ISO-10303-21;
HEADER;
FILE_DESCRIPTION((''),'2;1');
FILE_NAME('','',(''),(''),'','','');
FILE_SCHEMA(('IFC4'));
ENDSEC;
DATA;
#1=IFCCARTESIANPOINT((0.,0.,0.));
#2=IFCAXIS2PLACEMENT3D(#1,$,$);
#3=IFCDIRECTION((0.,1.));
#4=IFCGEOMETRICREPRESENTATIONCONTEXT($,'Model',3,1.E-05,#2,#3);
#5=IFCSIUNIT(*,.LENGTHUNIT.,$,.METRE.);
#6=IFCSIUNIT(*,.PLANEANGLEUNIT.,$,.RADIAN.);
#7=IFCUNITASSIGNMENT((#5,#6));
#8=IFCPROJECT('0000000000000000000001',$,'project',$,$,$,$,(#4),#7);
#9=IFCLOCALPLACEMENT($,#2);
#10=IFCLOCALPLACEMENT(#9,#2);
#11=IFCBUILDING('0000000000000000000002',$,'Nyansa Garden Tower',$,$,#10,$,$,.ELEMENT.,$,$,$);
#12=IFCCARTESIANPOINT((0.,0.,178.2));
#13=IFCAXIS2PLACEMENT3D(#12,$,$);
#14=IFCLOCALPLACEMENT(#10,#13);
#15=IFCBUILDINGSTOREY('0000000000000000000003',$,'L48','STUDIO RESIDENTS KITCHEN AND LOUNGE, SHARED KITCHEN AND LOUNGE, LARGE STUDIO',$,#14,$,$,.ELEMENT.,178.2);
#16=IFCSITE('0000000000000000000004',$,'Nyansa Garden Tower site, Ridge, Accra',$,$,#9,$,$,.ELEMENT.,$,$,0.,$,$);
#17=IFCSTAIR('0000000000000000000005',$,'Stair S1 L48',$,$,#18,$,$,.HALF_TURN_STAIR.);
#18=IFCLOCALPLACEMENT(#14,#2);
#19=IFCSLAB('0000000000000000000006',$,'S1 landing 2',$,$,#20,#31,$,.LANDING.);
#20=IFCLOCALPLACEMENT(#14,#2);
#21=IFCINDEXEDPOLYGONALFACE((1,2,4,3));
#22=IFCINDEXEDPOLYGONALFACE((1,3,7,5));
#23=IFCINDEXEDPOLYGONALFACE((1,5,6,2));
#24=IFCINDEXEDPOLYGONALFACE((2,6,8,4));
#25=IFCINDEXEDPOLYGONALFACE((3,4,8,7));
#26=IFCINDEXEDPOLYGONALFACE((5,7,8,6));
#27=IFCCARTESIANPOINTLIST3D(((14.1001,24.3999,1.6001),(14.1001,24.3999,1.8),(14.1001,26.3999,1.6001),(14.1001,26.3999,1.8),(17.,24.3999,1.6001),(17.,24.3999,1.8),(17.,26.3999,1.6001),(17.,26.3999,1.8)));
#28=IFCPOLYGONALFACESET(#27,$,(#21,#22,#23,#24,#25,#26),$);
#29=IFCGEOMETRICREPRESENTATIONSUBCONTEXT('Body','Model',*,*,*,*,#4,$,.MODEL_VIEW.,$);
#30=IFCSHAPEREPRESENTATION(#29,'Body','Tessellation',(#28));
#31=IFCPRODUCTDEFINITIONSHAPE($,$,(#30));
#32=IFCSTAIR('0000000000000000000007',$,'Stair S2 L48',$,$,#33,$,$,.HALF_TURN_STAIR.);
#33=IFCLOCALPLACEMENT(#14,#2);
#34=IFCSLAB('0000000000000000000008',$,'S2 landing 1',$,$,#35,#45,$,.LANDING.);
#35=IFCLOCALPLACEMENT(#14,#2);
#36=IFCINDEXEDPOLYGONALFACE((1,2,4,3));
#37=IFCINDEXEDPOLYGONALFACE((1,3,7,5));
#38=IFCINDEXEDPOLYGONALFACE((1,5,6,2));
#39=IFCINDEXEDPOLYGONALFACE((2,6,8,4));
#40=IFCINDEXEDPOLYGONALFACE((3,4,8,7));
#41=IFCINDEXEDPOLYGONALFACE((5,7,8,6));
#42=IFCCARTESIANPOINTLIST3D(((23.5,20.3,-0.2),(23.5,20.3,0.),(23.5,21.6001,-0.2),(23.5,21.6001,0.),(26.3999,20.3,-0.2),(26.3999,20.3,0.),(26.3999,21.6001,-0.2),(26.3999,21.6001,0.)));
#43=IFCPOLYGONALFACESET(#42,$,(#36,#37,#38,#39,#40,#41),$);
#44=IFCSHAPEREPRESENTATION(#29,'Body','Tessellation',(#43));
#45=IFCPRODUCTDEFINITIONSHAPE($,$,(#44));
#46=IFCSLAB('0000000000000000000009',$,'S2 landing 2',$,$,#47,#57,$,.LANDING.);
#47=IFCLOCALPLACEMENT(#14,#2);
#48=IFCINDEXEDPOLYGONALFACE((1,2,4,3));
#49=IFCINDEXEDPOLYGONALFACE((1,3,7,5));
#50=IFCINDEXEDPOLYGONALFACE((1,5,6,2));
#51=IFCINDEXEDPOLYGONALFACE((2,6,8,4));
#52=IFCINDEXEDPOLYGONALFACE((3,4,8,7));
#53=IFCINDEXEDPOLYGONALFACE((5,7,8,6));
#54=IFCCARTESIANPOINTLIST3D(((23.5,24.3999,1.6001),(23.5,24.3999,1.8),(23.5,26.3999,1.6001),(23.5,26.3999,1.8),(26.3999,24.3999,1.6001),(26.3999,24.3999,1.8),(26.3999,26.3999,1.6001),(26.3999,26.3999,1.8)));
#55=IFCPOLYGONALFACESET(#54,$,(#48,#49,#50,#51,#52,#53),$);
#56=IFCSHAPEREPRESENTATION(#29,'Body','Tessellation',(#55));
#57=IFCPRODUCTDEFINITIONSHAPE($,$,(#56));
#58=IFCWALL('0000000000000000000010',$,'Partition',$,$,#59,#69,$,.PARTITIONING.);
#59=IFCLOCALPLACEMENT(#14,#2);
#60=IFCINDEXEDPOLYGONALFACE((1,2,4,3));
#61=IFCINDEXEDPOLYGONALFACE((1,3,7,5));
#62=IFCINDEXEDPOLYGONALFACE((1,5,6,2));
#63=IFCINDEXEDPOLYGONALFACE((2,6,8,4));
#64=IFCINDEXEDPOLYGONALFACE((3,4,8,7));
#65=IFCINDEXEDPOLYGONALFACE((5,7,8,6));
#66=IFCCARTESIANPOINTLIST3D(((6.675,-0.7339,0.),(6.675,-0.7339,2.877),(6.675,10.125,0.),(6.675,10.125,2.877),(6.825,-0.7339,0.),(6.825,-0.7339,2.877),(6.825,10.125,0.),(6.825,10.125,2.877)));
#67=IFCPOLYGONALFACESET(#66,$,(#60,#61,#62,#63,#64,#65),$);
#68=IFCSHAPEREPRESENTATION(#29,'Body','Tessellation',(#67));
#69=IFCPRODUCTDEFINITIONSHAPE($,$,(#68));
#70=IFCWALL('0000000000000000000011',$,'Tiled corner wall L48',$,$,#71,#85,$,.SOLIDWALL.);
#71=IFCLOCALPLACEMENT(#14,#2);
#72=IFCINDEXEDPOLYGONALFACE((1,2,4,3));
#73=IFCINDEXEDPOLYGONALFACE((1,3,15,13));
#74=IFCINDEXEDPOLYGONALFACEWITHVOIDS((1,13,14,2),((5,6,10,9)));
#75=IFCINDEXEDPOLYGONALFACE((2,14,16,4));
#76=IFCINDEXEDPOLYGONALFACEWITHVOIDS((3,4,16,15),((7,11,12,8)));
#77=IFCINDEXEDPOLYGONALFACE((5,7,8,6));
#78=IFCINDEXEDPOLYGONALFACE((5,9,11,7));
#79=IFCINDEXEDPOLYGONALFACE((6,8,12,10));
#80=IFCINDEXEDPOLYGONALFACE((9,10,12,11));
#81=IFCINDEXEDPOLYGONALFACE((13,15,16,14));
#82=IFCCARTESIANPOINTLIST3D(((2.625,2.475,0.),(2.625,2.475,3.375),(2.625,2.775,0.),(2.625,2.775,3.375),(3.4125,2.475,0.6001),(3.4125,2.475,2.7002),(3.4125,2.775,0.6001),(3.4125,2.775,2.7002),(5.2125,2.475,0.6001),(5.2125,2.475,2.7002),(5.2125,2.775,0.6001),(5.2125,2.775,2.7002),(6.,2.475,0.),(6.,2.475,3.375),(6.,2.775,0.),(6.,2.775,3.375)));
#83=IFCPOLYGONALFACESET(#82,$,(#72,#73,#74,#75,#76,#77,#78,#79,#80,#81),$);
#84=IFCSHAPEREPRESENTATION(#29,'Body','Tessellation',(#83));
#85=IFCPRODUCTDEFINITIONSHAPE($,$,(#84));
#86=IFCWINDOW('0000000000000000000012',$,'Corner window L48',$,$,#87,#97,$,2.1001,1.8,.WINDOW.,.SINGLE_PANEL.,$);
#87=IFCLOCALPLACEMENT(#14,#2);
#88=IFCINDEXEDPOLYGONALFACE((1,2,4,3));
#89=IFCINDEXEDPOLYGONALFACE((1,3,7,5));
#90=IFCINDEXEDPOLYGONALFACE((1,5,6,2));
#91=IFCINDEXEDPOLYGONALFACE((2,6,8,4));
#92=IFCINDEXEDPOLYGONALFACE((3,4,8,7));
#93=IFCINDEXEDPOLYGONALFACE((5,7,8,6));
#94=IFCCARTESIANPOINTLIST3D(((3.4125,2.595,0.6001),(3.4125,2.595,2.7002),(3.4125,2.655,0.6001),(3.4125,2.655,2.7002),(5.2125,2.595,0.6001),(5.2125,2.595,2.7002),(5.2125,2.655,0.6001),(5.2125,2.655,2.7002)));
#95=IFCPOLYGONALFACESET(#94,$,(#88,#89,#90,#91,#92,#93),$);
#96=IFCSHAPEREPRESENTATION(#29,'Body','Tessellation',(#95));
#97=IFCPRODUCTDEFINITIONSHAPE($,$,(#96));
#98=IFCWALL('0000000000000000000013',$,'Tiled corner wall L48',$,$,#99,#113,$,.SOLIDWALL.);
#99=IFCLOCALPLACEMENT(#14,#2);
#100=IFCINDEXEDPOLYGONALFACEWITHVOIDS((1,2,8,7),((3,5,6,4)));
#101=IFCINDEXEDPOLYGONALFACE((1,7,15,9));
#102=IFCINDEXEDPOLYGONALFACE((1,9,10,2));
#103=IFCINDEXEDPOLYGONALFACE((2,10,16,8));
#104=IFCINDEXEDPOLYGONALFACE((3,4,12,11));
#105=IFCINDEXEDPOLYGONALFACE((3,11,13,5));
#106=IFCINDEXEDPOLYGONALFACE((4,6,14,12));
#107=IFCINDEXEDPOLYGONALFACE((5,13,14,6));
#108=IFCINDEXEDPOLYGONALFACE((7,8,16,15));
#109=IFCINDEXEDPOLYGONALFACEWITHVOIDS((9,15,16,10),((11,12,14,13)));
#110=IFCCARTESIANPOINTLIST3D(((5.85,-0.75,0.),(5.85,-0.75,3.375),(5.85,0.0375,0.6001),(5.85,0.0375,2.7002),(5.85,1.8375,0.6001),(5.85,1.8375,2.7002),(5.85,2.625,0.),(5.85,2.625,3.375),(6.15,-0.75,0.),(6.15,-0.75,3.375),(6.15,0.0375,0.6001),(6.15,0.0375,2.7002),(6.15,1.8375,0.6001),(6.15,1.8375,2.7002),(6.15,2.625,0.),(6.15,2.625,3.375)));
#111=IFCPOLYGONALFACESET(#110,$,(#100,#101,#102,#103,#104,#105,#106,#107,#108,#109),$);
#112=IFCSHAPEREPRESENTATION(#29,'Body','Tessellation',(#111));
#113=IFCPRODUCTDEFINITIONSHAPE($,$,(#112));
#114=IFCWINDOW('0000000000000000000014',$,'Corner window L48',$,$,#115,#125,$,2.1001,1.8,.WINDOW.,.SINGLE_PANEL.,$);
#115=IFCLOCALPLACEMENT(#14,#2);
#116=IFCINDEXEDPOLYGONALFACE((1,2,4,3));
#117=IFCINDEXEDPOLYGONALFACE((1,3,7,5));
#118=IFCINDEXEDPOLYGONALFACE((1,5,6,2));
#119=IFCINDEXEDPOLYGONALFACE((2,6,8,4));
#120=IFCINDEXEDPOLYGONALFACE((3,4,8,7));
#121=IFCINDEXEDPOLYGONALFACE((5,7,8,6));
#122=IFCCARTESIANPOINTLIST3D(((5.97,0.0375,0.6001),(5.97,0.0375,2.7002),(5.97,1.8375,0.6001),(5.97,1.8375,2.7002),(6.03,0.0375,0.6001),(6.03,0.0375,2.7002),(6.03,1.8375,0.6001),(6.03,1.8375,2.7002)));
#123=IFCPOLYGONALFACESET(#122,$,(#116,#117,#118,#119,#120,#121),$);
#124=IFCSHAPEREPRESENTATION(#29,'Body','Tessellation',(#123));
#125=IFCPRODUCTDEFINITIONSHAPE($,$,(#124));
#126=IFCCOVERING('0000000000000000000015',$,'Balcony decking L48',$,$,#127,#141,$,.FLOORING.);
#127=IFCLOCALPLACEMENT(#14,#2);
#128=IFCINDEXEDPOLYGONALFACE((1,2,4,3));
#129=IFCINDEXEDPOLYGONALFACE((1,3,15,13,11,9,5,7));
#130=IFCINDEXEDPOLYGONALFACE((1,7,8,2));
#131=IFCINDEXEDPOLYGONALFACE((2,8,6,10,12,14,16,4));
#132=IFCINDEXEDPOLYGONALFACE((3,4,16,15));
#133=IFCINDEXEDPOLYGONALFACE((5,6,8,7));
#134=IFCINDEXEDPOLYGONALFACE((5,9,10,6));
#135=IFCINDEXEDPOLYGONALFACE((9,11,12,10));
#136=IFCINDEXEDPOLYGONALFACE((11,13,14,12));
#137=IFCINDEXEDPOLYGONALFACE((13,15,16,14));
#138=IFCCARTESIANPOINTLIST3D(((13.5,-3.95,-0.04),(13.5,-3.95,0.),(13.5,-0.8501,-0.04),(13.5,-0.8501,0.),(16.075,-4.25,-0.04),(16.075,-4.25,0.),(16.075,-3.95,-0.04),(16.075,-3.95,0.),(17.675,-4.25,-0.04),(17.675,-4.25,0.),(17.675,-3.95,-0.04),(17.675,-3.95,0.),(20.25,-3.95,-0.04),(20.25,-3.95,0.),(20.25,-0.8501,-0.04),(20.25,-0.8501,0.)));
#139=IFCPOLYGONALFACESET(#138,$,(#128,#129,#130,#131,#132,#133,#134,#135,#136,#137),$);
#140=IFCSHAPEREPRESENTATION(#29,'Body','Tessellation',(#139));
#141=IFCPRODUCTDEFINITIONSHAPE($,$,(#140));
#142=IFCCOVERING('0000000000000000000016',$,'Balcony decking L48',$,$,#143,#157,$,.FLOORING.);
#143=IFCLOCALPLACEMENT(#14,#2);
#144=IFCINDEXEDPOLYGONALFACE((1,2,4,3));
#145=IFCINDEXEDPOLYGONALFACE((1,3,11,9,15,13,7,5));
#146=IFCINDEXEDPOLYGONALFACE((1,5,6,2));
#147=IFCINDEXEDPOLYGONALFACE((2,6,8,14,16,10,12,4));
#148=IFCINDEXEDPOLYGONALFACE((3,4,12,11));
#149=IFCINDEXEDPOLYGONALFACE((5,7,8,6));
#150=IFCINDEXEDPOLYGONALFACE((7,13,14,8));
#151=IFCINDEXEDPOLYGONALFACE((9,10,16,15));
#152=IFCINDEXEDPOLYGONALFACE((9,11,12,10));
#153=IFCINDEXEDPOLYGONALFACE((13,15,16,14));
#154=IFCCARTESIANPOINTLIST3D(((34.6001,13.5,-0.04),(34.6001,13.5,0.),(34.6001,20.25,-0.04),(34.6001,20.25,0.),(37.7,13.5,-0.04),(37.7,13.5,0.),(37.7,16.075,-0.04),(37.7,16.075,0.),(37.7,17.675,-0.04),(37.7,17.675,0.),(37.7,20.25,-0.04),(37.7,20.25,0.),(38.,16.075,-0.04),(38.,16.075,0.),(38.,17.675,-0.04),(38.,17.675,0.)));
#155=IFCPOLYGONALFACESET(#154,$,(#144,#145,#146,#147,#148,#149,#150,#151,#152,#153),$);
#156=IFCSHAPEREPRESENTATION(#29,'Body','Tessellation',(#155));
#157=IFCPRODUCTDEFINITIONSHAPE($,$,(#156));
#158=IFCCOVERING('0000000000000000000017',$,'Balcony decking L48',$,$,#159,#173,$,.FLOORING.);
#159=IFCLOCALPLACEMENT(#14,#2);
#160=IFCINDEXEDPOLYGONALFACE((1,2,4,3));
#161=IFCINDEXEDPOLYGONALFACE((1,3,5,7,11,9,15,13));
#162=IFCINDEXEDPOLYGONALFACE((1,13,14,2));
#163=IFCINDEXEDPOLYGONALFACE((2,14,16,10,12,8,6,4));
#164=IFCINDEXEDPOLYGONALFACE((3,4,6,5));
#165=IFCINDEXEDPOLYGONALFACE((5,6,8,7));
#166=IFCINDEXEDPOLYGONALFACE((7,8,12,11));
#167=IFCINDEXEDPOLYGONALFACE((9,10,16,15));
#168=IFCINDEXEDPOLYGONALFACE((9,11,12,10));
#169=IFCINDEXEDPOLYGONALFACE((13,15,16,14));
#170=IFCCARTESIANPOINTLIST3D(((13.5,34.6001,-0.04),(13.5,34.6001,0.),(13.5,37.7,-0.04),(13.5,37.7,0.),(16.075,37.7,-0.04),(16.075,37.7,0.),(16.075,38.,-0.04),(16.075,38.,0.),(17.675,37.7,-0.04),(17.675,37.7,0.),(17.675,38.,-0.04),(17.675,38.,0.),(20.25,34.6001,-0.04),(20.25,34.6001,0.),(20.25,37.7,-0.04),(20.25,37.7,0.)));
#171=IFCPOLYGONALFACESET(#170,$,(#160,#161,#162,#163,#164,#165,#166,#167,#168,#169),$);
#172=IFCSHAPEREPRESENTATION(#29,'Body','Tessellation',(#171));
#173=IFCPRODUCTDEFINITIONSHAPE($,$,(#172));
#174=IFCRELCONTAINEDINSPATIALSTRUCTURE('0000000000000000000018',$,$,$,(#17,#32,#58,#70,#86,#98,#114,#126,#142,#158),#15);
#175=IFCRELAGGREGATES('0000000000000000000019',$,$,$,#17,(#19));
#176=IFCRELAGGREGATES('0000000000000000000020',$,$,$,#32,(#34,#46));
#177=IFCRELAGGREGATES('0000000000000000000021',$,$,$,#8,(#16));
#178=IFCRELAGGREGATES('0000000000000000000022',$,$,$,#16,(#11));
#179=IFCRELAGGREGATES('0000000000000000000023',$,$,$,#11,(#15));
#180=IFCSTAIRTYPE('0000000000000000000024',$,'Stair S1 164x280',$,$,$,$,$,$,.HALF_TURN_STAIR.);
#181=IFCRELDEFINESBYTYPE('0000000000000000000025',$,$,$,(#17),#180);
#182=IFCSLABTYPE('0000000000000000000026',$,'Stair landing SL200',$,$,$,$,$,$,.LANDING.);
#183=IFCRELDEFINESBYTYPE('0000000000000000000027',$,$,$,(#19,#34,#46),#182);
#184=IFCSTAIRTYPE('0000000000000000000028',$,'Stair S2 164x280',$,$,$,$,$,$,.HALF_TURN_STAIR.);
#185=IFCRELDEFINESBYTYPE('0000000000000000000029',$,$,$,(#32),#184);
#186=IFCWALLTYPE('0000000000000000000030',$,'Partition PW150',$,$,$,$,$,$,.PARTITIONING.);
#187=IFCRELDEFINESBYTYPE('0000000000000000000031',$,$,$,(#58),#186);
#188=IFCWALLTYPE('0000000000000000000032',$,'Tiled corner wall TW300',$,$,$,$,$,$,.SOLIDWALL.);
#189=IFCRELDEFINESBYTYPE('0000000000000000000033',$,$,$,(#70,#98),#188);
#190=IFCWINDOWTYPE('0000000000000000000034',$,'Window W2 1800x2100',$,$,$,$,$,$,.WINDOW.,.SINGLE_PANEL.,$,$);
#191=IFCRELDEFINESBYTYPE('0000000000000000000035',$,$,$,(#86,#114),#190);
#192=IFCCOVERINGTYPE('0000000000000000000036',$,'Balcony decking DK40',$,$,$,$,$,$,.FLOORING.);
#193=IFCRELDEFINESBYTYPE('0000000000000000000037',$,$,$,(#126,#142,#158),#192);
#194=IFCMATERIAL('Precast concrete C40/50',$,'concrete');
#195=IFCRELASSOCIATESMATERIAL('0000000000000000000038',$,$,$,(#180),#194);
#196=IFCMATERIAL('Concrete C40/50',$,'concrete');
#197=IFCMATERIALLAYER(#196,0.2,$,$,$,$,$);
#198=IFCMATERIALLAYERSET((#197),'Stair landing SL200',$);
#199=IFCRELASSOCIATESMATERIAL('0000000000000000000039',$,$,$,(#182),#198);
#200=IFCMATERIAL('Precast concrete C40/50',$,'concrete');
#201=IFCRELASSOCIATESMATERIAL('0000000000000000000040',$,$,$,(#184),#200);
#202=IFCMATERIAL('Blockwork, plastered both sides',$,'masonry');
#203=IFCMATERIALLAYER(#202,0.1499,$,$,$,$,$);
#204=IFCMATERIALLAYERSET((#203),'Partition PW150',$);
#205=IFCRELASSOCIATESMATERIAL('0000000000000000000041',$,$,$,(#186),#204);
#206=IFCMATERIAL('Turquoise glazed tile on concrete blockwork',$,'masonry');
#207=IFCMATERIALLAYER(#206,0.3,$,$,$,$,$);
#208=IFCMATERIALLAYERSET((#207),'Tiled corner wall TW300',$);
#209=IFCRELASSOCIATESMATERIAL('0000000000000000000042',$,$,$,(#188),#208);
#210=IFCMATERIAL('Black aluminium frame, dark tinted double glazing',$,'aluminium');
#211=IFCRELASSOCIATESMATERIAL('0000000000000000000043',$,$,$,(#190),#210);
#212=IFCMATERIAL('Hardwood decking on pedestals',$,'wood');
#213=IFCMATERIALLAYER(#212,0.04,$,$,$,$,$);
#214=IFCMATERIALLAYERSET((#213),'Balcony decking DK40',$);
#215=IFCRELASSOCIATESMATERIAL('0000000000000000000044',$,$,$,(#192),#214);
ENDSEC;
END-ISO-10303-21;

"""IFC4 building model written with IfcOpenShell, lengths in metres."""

from ifc_helpers import new_model, si_unit, direction, frame, frame_2d, origin, place, context, subcontext, project, spatial, polyline, rectangle, outline, extrude, material, layer, layer_set, type_object, element, fill, aggregate, save


model = new_model("IFC4")

# Units and contexts
model_context = context("Model", 3, precision=1e-05, world=origin(), true_north=direction((0.0, 1.0)))
body_context = subcontext(model_context, "Body", "Model", "MODEL_VIEW")
ifc_project = project(units=[si_unit("LENGTHUNIT", "METRE"), si_unit("PLANEANGLEUNIT", "RADIAN")], contexts=[model_context])

# Site, building, storey
site_placement = place(None, origin())
site = spatial("IfcSite", under=ifc_project, at=site_placement, Name="Nyansa Garden Tower site, Ridge, Accra", CompositionType="ELEMENT", RefElevation=0.0)
building_placement = place(site_placement, origin())
building = spatial("IfcBuilding", under=site, at=building_placement, Name="Nyansa Garden Tower", CompositionType="ELEMENT")
storey_placement = place(building_placement, frame((0.0, 0.0, 178.2)))
storey = spatial("IfcBuildingStorey", under=building, at=storey_placement, Name="L48", Description="STUDIO RESIDENTS KITCHEN AND LOUNGE, SHARED KITCHEN AND LOUNGE, LARGE STUDIO", CompositionType="ELEMENT", Elevation=178.2)

# Stairs, slabs
ifc_material_1 = material(Name="Precast concrete C40/50", Category="concrete")
stair_type_1 = type_object("IfcStairType", Name="Stair S1 164x280", PredefinedType="HALF_TURN_STAIR", material=ifc_material_1)
stair_1_placement = place(storey_placement, origin())
stair_1 = element("IfcStair", 1, at=stair_1_placement, inside=storey, type_object=stair_type_1, Name="Stair S1 L48", PredefinedType="HALF_TURN_STAIR")
ifc_material_2 = material(Name="Concrete C40/50", Category="concrete")
ifc_layer_1 = layer(ifc_material_2, 0.2)
ifc_layer_set_1 = layer_set([ifc_layer_1], Name="Stair landing SL200")
slab_type_1 = type_object("IfcSlabType", Name="Stair landing SL200", PredefinedType="LANDING", material=ifc_layer_set_1)
slab_1_placement = place(storey_placement, frame((0.0, 0.0, 1.6001)))
slab_1 = element("IfcSlab", 2, at=slab_1_placement, type_object=slab_type_1, Name="S1 landing 2", PredefinedType="LANDING", context=body_context, shape_type="SweptSolid", body=[
    extrude(outline(polyline([(14.1001, 24.3999), (17.0, 24.3999), (17.0, 26.3999), (14.1001, 26.3999), (14.1001, 24.3999)])), origin(), (0.0, 0.0, 1.0), 0.2),
])
aggregate(stair_1, [slab_1])
ifc_material_3 = material(Name="Precast concrete C40/50", Category="concrete")
stair_type_2 = type_object("IfcStairType", Name="Stair S2 164x280", PredefinedType="HALF_TURN_STAIR", material=ifc_material_3)
stair_2_placement = place(storey_placement, origin())
stair_2 = element("IfcStair", 3, at=stair_2_placement, inside=storey, type_object=stair_type_2, Name="Stair S2 L48", PredefinedType="HALF_TURN_STAIR")
slab_2_placement = place(storey_placement, frame((0.0, 0.0, -0.2)))
slab_2 = element("IfcSlab", 4, at=slab_2_placement, type_object=slab_type_1, Name="S2 landing 1", PredefinedType="LANDING", context=body_context, shape_type="SweptSolid", body=[
    extrude(outline(polyline([(23.5, 20.3), (26.3999, 20.3), (26.3999, 21.6001), (23.5, 21.6001), (23.5, 20.3)])), origin(), (0.0, 0.0, 1.0), 0.2),
])
slab_3_placement = place(storey_placement, frame((0.0, 0.0, 1.6001)))
slab_3 = element("IfcSlab", 5, at=slab_3_placement, type_object=slab_type_1, Name="S2 landing 2", PredefinedType="LANDING", context=body_context, shape_type="SweptSolid", body=[
    extrude(outline(polyline([(23.5, 24.3999), (26.3999, 24.3999), (26.3999, 26.3999), (23.5, 26.3999), (23.5, 24.3999)])), origin(), (0.0, 0.0, 1.0), 0.2),
])
aggregate(stair_2, [slab_2, slab_3])

# Wall
ifc_material_4 = material(Name="Blockwork, plastered both sides", Category="masonry")
ifc_layer_2 = layer(ifc_material_4, 0.1499)
ifc_layer_set_2 = layer_set([ifc_layer_2], Name="Partition PW150")
wall_type_1 = type_object("IfcWallType", Name="Partition PW150", PredefinedType="PARTITIONING", material=ifc_layer_set_2)
wall_1_placement = place(storey_placement, frame((6.75, -0.7339, 0.0), z_axis=(0.0, 0.0, 1.0), x_axis=(0.0, 1.0, 0.0)))
element("IfcWall", 6, at=wall_1_placement, inside=storey, type_object=wall_type_1, Name="Partition", PredefinedType="PARTITIONING", context=body_context, shape_type="SweptSolid", body=[
    extrude(rectangle(XDim=10.8589, YDim=0.1499, at=frame_2d((5.4294, 0.0))), origin(), (0.0, 0.0, 1.0), 2.877),
])

# Walls, openings, windows
ifc_material_5 = material(Name="Turquoise glazed tile on concrete blockwork", Category="masonry")
ifc_layer_3 = layer(ifc_material_5, 0.3)
ifc_layer_set_3 = layer_set([ifc_layer_3], Name="Tiled corner wall TW300")
wall_type_2 = type_object("IfcWallType", Name="Tiled corner wall TW300", PredefinedType="SOLIDWALL", material=ifc_layer_set_3)
wall_2_placement = place(storey_placement, frame((2.625, 2.625, 0.0), z_axis=(0.0, 0.0, 1.0), x_axis=(1.0, 0.0, 0.0)))
wall_2 = element("IfcWall", 7, at=wall_2_placement, inside=storey, type_object=wall_type_2, Name="Tiled corner wall L48", PredefinedType="SOLIDWALL", context=body_context, shape_type="SweptSolid", body=[
    extrude(rectangle(XDim=3.375, YDim=0.3, at=frame_2d((1.6875, 0.0))), origin(), (0.0, 0.0, 1.0), 3.375),
])
opening_1_placement = place(wall_2_placement, frame((0.7876, 0.0, 0.6001)))
opening_1 = element("IfcOpeningElement", 8, at=opening_1_placement, cuts=wall_2, PredefinedType="OPENING", context=body_context, shape_type="SweptSolid", body=[
    extrude(rectangle(XDim=1.8, YDim=2.1001, at=frame_2d((0.8999, 1.05))), frame((0.0, 0.1599, 0.0), z_axis=(0.0, -1.0, 0.0), x_axis=(1.0, 0.0, 0.0)), (0.0, 0.0, 1.0), 0.3201),
])
ifc_material_6 = material(Name="Black aluminium frame, dark tinted double glazing", Category="aluminium")
window_type = type_object("IfcWindowType", Name="Window W2 1800x2100", PartitioningType="SINGLE_PANEL", PredefinedType="WINDOW", material=ifc_material_6)
window_1_placement = place(opening_1_placement, origin())
window_1 = element("IfcWindow", 9, at=window_1_placement, inside=storey, type_object=window_type, Name="Corner window L48", OverallHeight=2.1001, OverallWidth=1.8, PartitioningType="SINGLE_PANEL", PredefinedType="WINDOW", context=body_context, shape_type="SweptSolid", body=[
    extrude(rectangle(XDim=1.8, YDim=2.1001, at=frame_2d((0.8999, 1.05))), frame((0.0, 0.03, 0.0), z_axis=(0.0, -1.0, 0.0), x_axis=(1.0, 0.0, 0.0)), (0.0, 0.0, 1.0), 0.0601),
])
fill(opening_1, window_1)
wall_3_placement = place(storey_placement, frame((6.0, 2.625, 0.0), z_axis=(0.0, 0.0, 1.0), x_axis=(0.0, -1.0, 0.0)))
wall_3 = element("IfcWall", 10, at=wall_3_placement, inside=storey, type_object=wall_type_2, Name="Tiled corner wall L48", PredefinedType="SOLIDWALL", context=body_context, shape_type="SweptSolid", body=[
    extrude(rectangle(XDim=3.375, YDim=0.3, at=frame_2d((1.6875, 0.0))), origin(), (0.0, 0.0, 1.0), 3.375),
])
opening_2_placement = place(wall_3_placement, frame((0.7876, 0.0, 0.6001)))
opening_2 = element("IfcOpeningElement", 11, at=opening_2_placement, cuts=wall_3, PredefinedType="OPENING", context=body_context, shape_type="SweptSolid", body=[
    extrude(rectangle(XDim=1.8, YDim=2.1001, at=frame_2d((0.8999, 1.05))), frame((0.0, 0.1599, 0.0), z_axis=(0.0, -1.0, 0.0), x_axis=(1.0, 0.0, 0.0)), (0.0, 0.0, 1.0), 0.3201),
])
window_2_placement = place(opening_2_placement, origin())
window_2 = element("IfcWindow", 12, at=window_2_placement, inside=storey, type_object=window_type, Name="Corner window L48", OverallHeight=2.1001, OverallWidth=1.8, PartitioningType="SINGLE_PANEL", PredefinedType="WINDOW", context=body_context, shape_type="SweptSolid", body=[
    extrude(rectangle(XDim=1.8, YDim=2.1001, at=frame_2d((0.8999, 1.05))), frame((0.0, 0.03, 0.0), z_axis=(0.0, -1.0, 0.0), x_axis=(1.0, 0.0, 0.0)), (0.0, 0.0, 1.0), 0.0601),
])
fill(opening_2, window_2)

# Coverings
ifc_material_7 = material(Name="Hardwood decking on pedestals", Category="wood")
ifc_layer_4 = layer(ifc_material_7, 0.04)
ifc_layer_set_4 = layer_set([ifc_layer_4], Name="Balcony decking DK40")
covering_type = type_object("IfcCoveringType", Name="Balcony decking DK40", PredefinedType="FLOORING", material=ifc_layer_set_4)
covering_1_placement = place(storey_placement, frame((0.0, 0.0, -0.04)))
element("IfcCovering", 13, at=covering_1_placement, inside=storey, type_object=covering_type, Name="Balcony decking L48", PredefinedType="FLOORING", context=body_context, shape_type="SweptSolid", body=[
    extrude(outline(polyline([(13.5, -0.8501), (20.25, -0.8501), (20.25, -3.95), (17.675, -3.95), (17.675, -4.25), (16.075, -4.25), (16.075, -3.95), (13.5, -3.95), (13.5, -0.8501)])), origin(), (0.0, 0.0, 1.0), 0.04),
])
covering_2_placement = place(storey_placement, frame((0.0, 0.0, -0.04)))
element("IfcCovering", 14, at=covering_2_placement, inside=storey, type_object=covering_type, Name="Balcony decking L48", PredefinedType="FLOORING", context=body_context, shape_type="SweptSolid", body=[
    extrude(outline(polyline([(34.6001, 13.5), (34.6001, 20.25), (37.7, 20.25), (37.7, 17.675), (38.0, 17.675), (38.0, 16.075), (37.7, 16.075), (37.7, 13.5), (34.6001, 13.5)])), origin(), (0.0, 0.0, 1.0), 0.04),
])
covering_3_placement = place(storey_placement, frame((0.0, 0.0, -0.04)))
element("IfcCovering", 15, at=covering_3_placement, inside=storey, type_object=covering_type, Name="Balcony decking L48", PredefinedType="FLOORING", context=body_context, shape_type="SweptSolid", body=[
    extrude(outline(polyline([(13.5, 34.6001), (20.25, 34.6001), (20.25, 37.7), (17.675, 37.7), (17.675, 38.0), (16.075, 38.0), (16.075, 37.7), (13.5, 37.7), (13.5, 34.6001)])), origin(), (0.0, 0.0, 1.0), 0.04),
])

save(model, "model.ifc")
